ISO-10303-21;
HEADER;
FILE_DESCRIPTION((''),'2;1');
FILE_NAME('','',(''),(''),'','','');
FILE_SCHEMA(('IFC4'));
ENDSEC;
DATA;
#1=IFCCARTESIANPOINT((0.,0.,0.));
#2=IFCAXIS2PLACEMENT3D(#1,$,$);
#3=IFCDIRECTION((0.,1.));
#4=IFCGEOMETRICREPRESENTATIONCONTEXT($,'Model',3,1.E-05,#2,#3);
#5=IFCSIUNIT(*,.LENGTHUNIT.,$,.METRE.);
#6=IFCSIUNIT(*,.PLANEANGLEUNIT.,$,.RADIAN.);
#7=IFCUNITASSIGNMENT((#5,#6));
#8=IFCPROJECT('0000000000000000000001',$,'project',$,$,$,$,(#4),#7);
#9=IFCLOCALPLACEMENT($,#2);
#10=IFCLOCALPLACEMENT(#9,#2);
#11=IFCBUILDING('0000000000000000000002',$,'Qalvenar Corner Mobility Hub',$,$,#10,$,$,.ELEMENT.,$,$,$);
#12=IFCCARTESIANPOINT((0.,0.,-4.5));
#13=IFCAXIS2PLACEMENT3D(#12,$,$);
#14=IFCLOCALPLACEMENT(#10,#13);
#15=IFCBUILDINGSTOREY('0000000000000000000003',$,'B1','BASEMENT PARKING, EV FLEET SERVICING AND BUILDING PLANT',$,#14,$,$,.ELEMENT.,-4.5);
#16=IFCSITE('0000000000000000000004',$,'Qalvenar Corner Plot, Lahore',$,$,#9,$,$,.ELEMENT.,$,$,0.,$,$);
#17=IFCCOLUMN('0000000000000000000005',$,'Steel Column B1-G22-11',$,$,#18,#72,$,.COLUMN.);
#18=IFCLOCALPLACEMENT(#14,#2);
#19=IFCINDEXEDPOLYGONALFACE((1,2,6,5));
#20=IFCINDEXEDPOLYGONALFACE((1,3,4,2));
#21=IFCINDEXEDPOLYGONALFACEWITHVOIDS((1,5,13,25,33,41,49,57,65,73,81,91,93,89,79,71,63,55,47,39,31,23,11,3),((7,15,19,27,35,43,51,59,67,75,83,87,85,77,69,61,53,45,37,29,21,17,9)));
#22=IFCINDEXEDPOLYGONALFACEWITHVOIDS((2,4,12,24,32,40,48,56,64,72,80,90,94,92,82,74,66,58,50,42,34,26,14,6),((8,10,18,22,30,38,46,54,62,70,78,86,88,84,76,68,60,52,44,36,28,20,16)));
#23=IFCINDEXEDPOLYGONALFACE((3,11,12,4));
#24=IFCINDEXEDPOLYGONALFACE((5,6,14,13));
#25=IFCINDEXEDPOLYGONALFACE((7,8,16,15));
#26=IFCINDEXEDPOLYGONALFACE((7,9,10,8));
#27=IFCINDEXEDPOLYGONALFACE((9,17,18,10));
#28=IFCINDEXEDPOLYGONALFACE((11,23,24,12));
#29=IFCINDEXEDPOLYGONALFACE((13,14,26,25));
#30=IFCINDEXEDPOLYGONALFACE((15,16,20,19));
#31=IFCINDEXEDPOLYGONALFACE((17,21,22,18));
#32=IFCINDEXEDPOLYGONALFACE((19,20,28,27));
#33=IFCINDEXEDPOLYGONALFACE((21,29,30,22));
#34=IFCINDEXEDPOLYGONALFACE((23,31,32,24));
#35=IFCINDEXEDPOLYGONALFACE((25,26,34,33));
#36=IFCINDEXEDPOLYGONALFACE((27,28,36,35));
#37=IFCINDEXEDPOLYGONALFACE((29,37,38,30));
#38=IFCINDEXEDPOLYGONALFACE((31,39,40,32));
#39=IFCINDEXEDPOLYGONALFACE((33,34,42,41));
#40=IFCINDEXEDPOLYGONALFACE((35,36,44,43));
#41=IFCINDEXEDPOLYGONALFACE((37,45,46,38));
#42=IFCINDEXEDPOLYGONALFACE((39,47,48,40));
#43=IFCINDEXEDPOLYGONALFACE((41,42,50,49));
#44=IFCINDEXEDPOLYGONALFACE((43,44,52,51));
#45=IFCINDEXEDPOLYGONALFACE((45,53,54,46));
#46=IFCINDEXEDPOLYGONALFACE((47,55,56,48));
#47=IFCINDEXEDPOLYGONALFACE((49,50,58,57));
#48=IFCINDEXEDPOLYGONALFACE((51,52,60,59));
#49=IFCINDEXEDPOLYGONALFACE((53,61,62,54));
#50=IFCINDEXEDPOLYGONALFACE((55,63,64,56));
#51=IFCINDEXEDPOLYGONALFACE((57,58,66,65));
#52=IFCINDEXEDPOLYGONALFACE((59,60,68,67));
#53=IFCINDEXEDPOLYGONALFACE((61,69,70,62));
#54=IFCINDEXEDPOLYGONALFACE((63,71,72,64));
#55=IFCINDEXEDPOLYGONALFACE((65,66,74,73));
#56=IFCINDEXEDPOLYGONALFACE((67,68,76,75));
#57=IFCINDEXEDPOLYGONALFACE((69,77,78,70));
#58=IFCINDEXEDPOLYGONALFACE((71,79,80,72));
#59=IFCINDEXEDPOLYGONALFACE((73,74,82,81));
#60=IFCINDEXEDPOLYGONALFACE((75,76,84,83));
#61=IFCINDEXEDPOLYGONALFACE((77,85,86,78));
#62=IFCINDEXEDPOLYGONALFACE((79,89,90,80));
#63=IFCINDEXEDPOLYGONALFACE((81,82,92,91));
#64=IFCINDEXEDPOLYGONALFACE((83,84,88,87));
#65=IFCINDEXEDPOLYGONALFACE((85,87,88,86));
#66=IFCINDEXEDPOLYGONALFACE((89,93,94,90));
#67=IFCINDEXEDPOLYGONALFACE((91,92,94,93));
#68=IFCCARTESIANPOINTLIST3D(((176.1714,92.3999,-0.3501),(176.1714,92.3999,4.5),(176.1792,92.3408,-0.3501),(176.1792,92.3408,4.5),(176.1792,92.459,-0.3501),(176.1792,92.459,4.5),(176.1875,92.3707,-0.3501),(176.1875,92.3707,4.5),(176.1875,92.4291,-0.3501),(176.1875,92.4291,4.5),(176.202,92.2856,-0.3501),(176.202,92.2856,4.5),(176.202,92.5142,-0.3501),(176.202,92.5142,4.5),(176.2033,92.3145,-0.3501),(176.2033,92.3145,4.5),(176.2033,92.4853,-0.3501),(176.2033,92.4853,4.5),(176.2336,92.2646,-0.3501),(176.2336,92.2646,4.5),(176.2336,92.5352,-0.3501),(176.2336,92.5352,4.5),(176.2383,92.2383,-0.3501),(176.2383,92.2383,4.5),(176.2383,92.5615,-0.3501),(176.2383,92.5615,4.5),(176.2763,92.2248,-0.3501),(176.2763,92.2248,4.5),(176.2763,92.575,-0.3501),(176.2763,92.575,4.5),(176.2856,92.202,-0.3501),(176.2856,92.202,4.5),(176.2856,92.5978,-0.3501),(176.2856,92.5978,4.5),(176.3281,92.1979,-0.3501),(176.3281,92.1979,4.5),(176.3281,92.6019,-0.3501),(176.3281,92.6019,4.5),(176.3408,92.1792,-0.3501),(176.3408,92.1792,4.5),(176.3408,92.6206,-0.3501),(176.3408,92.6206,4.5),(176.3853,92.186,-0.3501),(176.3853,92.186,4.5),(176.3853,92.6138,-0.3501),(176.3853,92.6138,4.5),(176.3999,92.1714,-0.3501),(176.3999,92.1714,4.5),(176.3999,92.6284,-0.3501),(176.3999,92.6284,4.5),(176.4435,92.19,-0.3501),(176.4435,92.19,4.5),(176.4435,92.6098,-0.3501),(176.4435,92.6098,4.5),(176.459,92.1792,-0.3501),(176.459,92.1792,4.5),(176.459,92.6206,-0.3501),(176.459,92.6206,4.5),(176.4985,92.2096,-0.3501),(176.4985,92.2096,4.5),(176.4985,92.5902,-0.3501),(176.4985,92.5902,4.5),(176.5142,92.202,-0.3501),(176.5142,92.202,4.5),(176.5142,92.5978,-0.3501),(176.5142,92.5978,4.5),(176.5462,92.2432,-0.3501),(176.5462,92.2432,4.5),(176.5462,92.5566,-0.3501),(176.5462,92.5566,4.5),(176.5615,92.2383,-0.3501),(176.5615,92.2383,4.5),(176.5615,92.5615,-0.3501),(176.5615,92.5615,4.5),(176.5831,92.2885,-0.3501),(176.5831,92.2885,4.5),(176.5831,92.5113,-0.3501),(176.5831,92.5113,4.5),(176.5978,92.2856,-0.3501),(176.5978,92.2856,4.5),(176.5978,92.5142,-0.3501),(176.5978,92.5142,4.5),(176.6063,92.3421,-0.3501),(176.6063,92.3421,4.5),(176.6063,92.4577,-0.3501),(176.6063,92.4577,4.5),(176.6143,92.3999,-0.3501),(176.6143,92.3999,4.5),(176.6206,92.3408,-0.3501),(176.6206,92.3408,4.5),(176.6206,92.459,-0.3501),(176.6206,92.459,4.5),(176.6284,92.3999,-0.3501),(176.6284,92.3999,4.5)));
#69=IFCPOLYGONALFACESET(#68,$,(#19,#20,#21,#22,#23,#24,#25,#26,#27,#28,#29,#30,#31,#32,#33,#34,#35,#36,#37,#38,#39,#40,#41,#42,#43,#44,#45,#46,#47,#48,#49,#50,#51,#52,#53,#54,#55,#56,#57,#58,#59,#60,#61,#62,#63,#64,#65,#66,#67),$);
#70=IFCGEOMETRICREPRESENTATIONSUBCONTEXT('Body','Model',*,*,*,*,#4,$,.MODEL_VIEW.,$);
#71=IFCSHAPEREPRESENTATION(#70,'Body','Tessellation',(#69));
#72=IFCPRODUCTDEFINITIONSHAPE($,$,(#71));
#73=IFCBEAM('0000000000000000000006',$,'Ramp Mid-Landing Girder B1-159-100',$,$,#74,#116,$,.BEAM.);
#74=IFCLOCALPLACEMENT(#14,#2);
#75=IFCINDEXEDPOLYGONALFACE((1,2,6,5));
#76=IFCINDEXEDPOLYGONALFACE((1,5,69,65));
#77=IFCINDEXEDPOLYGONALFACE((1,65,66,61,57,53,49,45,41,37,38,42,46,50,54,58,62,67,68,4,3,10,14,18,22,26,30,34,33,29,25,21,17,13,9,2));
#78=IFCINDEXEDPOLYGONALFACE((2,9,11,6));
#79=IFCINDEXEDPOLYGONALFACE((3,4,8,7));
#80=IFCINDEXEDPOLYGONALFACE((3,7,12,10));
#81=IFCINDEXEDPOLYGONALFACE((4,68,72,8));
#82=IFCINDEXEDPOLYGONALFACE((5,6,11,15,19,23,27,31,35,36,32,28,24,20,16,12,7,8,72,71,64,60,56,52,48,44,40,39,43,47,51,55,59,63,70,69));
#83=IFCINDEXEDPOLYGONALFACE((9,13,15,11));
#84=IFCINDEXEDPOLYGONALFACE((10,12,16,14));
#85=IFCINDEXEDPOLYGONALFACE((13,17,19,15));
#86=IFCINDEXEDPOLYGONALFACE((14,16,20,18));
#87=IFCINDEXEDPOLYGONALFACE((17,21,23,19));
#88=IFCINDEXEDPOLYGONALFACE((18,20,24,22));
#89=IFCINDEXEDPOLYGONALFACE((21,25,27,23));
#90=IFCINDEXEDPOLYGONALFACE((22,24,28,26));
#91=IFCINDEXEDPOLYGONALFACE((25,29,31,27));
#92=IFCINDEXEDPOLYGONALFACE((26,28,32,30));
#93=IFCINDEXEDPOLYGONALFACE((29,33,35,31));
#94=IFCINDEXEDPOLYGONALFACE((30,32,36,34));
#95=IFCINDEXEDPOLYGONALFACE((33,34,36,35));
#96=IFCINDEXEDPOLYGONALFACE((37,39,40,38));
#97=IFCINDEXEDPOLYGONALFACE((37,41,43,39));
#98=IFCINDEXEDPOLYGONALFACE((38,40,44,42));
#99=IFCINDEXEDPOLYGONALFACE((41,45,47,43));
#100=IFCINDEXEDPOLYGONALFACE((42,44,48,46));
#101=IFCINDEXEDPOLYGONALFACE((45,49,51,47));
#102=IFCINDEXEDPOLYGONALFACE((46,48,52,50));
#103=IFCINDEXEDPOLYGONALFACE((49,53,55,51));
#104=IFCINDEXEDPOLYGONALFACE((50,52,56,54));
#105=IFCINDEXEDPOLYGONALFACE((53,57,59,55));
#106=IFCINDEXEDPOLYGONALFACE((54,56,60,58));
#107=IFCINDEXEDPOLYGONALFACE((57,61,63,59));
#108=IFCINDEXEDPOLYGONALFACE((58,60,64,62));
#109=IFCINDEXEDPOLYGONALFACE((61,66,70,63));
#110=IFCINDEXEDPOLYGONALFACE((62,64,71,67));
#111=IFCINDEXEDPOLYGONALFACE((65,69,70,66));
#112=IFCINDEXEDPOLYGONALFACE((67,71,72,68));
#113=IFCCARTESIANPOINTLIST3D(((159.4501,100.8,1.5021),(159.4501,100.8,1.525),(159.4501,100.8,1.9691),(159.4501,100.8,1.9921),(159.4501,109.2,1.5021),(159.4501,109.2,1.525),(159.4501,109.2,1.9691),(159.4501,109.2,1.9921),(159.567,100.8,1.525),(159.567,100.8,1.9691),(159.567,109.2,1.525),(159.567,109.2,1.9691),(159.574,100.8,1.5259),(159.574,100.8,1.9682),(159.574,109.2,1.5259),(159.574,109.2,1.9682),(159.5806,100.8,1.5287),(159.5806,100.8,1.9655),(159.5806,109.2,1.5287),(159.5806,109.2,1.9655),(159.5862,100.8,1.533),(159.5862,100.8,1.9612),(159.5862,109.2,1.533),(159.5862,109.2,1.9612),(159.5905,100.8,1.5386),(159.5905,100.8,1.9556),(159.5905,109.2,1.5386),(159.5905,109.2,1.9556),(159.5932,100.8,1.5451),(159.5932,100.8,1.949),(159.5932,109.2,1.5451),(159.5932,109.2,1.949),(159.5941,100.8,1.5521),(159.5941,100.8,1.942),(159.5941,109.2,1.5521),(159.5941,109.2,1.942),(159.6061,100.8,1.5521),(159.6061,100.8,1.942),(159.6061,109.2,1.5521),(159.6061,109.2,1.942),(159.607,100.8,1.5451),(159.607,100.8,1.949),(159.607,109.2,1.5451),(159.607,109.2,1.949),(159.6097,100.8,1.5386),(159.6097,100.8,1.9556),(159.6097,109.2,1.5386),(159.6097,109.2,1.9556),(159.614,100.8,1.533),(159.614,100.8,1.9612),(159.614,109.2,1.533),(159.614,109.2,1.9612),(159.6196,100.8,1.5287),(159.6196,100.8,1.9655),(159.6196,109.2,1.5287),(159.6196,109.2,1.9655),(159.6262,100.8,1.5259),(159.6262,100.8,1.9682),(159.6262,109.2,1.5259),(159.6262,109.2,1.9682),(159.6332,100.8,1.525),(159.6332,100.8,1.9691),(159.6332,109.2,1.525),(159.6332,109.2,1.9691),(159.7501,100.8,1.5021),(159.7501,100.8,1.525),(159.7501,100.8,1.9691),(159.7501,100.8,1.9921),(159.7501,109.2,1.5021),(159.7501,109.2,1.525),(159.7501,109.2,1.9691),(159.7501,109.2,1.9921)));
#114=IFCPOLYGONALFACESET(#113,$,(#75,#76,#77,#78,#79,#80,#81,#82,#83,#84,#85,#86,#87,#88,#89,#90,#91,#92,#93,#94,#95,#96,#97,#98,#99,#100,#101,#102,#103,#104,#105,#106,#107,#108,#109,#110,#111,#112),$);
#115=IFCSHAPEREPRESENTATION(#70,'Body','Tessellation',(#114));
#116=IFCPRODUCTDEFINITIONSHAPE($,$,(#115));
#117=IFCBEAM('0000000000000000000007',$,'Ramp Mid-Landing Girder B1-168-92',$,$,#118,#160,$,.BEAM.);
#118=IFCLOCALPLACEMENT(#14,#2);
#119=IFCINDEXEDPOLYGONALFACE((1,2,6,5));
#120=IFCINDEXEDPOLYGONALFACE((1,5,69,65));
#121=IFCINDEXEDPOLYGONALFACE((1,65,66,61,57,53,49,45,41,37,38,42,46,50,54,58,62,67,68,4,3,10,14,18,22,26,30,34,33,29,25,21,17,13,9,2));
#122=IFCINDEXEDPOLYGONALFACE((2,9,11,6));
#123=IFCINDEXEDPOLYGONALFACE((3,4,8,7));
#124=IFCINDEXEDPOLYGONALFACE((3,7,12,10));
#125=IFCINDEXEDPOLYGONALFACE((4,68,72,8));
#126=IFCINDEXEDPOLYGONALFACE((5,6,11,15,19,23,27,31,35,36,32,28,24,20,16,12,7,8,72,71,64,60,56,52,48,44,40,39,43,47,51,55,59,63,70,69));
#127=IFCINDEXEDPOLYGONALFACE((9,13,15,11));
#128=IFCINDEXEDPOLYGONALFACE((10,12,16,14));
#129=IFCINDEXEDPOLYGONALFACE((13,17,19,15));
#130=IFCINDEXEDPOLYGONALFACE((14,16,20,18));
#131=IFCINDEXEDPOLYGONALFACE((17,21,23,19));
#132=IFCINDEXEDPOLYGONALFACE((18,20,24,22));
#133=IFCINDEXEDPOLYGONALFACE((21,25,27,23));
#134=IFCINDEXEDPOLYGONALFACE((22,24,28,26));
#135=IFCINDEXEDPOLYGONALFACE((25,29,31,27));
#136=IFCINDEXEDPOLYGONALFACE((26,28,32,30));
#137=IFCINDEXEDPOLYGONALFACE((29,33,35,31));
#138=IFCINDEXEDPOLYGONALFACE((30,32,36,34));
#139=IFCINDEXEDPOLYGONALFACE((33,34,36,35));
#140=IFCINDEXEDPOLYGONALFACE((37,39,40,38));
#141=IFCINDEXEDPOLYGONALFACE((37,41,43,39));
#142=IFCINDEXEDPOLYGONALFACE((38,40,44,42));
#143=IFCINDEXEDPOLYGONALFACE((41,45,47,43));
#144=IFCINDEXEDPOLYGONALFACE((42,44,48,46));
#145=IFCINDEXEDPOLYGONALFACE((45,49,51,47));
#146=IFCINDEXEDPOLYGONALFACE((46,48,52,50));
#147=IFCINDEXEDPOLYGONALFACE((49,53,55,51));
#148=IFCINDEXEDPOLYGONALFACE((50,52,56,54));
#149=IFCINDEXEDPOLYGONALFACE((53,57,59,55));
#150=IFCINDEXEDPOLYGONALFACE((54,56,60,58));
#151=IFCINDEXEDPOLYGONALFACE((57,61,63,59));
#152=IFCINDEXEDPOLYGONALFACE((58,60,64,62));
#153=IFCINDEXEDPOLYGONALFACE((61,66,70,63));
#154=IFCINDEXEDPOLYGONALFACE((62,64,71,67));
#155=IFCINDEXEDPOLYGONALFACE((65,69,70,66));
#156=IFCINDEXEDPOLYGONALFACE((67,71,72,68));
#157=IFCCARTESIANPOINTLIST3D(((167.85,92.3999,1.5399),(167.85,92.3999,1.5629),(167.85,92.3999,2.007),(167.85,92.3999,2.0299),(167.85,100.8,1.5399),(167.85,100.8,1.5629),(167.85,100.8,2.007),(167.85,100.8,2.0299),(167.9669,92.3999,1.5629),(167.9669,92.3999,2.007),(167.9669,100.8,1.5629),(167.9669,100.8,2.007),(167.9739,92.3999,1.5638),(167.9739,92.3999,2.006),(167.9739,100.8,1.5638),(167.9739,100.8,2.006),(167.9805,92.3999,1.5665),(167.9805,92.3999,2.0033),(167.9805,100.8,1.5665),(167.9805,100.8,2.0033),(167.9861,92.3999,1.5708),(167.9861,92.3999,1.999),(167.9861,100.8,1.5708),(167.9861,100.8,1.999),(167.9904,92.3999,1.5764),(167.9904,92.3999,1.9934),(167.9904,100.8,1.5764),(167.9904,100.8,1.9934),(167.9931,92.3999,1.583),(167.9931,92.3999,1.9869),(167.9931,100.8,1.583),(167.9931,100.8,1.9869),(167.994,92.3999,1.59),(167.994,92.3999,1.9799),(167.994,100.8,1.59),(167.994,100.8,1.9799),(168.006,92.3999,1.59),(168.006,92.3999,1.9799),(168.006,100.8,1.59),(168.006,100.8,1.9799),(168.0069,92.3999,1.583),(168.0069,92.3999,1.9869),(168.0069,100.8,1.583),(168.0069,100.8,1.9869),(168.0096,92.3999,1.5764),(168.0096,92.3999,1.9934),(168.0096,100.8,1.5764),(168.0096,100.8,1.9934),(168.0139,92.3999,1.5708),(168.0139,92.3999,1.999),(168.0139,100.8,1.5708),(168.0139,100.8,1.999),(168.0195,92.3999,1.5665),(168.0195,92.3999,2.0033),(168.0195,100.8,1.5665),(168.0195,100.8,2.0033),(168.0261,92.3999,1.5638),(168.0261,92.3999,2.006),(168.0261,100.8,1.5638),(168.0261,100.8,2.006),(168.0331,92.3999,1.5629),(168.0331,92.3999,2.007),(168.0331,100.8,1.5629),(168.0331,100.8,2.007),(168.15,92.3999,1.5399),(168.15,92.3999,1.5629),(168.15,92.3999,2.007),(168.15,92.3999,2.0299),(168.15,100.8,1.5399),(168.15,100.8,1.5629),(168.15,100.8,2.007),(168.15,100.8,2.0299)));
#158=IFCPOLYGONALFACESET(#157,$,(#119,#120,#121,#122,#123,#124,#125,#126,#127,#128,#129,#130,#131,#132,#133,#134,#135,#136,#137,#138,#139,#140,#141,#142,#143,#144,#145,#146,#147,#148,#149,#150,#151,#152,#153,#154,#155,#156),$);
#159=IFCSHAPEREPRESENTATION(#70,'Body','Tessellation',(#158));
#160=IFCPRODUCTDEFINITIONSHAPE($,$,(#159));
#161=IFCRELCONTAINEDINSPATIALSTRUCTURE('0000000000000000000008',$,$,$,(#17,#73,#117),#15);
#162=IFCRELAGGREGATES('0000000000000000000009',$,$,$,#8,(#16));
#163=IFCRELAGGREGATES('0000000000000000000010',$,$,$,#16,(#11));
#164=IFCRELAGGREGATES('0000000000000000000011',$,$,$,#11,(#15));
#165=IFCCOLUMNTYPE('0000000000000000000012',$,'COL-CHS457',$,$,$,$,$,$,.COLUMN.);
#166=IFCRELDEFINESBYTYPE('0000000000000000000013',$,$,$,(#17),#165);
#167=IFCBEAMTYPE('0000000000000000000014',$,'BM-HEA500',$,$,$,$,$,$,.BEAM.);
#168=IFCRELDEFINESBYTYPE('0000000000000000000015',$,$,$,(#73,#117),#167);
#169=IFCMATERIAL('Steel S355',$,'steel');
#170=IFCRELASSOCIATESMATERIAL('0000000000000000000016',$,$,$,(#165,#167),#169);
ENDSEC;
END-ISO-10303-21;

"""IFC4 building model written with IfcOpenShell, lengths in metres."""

from ifc_helpers import new_model, si_unit, direction, frame, origin, origin_2d, place, context, subcontext, project, spatial, hollow_circle, i_section, extrude, material, material_profile, profile_set, type_object, element, save


model = new_model("IFC4")

# Units and contexts
model_context = context("Model", 3, precision=1e-05, world=origin(), true_north=direction((0.0, 1.0)))
body_context = subcontext(model_context, "Body", "Model", "MODEL_VIEW")
ifc_project = project(units=[si_unit("LENGTHUNIT", "METRE"), si_unit("PLANEANGLEUNIT", "RADIAN")], contexts=[model_context])

# Site, building, storey
site_placement = place(None, origin())
site = spatial("IfcSite", under=ifc_project, at=site_placement, Name="Qalvenar Corner Plot, Lahore", CompositionType="ELEMENT", RefElevation=0.0)
building_placement = place(site_placement, origin())
building = spatial("IfcBuilding", under=site, at=building_placement, Name="Qalvenar Corner Mobility Hub", CompositionType="ELEMENT")
storey_placement = place(building_placement, frame((0.0, 0.0, -4.5)))
storey = spatial("IfcBuildingStorey", under=building, at=storey_placement, Name="B1", Description="BASEMENT PARKING, EV FLEET SERVICING AND BUILDING PLANT", CompositionType="ELEMENT", Elevation=-4.5)

# Column
ifc_material_1 = material(Name="Steel S355", Category="steel")
ifc_material_profile_1 = material_profile(ifc_material_1, hollow_circle(Radius=0.2285, WallThickness=0.0142, at=origin_2d()), Name="CHS457x14.2")
ifc_profile_set_1 = profile_set([ifc_material_profile_1], Name="Steel S355")
column_type = type_object("IfcColumnType", Name="COL-CHS457", PredefinedType="COLUMN", material=ifc_profile_set_1)
for number, where, z_axis, x_axis, name in (
    (1, (176.3999, 92.3999, -0.3501), (0.0, 0.0, 1.0), (1.0, 0.0, 0.0), "Steel Column B1-G22-11"),
):
    element("IfcColumn", number, at=place(storey_placement, frame(where, z_axis=z_axis, x_axis=x_axis)), inside=storey, type_object=column_type, Name=name, PredefinedType="COLUMN", context=body_context, shape_type="SweptSolid", body=[
        extrude(hollow_circle(Radius=0.2285, WallThickness=0.0142, at=origin_2d()), origin(), (0.0, 0.0, 1.0), 4.8501),
    ])

# Beams
ifc_material_profile_2 = material_profile(ifc_material_1, i_section(OverallWidth=0.3, OverallDepth=0.49, WebThickness=0.012, FlangeThickness=0.0229, FilletRadius=0.0271, at=origin_2d()), Name="HEA500")
ifc_profile_set_2 = profile_set([ifc_material_profile_2], Name="Steel S355")
beam_type = type_object("IfcBeamType", Name="BM-HEA500", PredefinedType="BEAM", material=ifc_profile_set_2)
beam_1_placement = place(storey_placement, frame((159.6001, 100.8, 1.7471), z_axis=(0.0, 1.0, 0.0), x_axis=(-1.0, 0.0, 0.0)))
element("IfcBeam", 2, at=beam_1_placement, inside=storey, type_object=beam_type, Name="Ramp Mid-Landing Girder B1-159-100", PredefinedType="BEAM", context=body_context, shape_type="SweptSolid", body=[
    extrude(i_section(OverallWidth=0.3, OverallDepth=0.49, WebThickness=0.012, FlangeThickness=0.0229, FilletRadius=0.0271, at=origin_2d()), origin(), (0.0, 0.0, 1.0), 8.3999),
])
beam_2_placement = place(storey_placement, frame((168.0, 92.3999, 1.7849), z_axis=(0.0, 1.0, 0.0), x_axis=(-1.0, 0.0, 0.0)))
element("IfcBeam", 3, at=beam_2_placement, inside=storey, type_object=beam_type, Name="Ramp Mid-Landing Girder B1-168-92", PredefinedType="BEAM", context=body_context, shape_type="SweptSolid", body=[
    extrude(i_section(OverallWidth=0.3, OverallDepth=0.49, WebThickness=0.012, FlangeThickness=0.0229, FilletRadius=0.0271, at=origin_2d()), origin(), (0.0, 0.0, 1.0), 8.4001),
])

save(model, "model.ifc")
